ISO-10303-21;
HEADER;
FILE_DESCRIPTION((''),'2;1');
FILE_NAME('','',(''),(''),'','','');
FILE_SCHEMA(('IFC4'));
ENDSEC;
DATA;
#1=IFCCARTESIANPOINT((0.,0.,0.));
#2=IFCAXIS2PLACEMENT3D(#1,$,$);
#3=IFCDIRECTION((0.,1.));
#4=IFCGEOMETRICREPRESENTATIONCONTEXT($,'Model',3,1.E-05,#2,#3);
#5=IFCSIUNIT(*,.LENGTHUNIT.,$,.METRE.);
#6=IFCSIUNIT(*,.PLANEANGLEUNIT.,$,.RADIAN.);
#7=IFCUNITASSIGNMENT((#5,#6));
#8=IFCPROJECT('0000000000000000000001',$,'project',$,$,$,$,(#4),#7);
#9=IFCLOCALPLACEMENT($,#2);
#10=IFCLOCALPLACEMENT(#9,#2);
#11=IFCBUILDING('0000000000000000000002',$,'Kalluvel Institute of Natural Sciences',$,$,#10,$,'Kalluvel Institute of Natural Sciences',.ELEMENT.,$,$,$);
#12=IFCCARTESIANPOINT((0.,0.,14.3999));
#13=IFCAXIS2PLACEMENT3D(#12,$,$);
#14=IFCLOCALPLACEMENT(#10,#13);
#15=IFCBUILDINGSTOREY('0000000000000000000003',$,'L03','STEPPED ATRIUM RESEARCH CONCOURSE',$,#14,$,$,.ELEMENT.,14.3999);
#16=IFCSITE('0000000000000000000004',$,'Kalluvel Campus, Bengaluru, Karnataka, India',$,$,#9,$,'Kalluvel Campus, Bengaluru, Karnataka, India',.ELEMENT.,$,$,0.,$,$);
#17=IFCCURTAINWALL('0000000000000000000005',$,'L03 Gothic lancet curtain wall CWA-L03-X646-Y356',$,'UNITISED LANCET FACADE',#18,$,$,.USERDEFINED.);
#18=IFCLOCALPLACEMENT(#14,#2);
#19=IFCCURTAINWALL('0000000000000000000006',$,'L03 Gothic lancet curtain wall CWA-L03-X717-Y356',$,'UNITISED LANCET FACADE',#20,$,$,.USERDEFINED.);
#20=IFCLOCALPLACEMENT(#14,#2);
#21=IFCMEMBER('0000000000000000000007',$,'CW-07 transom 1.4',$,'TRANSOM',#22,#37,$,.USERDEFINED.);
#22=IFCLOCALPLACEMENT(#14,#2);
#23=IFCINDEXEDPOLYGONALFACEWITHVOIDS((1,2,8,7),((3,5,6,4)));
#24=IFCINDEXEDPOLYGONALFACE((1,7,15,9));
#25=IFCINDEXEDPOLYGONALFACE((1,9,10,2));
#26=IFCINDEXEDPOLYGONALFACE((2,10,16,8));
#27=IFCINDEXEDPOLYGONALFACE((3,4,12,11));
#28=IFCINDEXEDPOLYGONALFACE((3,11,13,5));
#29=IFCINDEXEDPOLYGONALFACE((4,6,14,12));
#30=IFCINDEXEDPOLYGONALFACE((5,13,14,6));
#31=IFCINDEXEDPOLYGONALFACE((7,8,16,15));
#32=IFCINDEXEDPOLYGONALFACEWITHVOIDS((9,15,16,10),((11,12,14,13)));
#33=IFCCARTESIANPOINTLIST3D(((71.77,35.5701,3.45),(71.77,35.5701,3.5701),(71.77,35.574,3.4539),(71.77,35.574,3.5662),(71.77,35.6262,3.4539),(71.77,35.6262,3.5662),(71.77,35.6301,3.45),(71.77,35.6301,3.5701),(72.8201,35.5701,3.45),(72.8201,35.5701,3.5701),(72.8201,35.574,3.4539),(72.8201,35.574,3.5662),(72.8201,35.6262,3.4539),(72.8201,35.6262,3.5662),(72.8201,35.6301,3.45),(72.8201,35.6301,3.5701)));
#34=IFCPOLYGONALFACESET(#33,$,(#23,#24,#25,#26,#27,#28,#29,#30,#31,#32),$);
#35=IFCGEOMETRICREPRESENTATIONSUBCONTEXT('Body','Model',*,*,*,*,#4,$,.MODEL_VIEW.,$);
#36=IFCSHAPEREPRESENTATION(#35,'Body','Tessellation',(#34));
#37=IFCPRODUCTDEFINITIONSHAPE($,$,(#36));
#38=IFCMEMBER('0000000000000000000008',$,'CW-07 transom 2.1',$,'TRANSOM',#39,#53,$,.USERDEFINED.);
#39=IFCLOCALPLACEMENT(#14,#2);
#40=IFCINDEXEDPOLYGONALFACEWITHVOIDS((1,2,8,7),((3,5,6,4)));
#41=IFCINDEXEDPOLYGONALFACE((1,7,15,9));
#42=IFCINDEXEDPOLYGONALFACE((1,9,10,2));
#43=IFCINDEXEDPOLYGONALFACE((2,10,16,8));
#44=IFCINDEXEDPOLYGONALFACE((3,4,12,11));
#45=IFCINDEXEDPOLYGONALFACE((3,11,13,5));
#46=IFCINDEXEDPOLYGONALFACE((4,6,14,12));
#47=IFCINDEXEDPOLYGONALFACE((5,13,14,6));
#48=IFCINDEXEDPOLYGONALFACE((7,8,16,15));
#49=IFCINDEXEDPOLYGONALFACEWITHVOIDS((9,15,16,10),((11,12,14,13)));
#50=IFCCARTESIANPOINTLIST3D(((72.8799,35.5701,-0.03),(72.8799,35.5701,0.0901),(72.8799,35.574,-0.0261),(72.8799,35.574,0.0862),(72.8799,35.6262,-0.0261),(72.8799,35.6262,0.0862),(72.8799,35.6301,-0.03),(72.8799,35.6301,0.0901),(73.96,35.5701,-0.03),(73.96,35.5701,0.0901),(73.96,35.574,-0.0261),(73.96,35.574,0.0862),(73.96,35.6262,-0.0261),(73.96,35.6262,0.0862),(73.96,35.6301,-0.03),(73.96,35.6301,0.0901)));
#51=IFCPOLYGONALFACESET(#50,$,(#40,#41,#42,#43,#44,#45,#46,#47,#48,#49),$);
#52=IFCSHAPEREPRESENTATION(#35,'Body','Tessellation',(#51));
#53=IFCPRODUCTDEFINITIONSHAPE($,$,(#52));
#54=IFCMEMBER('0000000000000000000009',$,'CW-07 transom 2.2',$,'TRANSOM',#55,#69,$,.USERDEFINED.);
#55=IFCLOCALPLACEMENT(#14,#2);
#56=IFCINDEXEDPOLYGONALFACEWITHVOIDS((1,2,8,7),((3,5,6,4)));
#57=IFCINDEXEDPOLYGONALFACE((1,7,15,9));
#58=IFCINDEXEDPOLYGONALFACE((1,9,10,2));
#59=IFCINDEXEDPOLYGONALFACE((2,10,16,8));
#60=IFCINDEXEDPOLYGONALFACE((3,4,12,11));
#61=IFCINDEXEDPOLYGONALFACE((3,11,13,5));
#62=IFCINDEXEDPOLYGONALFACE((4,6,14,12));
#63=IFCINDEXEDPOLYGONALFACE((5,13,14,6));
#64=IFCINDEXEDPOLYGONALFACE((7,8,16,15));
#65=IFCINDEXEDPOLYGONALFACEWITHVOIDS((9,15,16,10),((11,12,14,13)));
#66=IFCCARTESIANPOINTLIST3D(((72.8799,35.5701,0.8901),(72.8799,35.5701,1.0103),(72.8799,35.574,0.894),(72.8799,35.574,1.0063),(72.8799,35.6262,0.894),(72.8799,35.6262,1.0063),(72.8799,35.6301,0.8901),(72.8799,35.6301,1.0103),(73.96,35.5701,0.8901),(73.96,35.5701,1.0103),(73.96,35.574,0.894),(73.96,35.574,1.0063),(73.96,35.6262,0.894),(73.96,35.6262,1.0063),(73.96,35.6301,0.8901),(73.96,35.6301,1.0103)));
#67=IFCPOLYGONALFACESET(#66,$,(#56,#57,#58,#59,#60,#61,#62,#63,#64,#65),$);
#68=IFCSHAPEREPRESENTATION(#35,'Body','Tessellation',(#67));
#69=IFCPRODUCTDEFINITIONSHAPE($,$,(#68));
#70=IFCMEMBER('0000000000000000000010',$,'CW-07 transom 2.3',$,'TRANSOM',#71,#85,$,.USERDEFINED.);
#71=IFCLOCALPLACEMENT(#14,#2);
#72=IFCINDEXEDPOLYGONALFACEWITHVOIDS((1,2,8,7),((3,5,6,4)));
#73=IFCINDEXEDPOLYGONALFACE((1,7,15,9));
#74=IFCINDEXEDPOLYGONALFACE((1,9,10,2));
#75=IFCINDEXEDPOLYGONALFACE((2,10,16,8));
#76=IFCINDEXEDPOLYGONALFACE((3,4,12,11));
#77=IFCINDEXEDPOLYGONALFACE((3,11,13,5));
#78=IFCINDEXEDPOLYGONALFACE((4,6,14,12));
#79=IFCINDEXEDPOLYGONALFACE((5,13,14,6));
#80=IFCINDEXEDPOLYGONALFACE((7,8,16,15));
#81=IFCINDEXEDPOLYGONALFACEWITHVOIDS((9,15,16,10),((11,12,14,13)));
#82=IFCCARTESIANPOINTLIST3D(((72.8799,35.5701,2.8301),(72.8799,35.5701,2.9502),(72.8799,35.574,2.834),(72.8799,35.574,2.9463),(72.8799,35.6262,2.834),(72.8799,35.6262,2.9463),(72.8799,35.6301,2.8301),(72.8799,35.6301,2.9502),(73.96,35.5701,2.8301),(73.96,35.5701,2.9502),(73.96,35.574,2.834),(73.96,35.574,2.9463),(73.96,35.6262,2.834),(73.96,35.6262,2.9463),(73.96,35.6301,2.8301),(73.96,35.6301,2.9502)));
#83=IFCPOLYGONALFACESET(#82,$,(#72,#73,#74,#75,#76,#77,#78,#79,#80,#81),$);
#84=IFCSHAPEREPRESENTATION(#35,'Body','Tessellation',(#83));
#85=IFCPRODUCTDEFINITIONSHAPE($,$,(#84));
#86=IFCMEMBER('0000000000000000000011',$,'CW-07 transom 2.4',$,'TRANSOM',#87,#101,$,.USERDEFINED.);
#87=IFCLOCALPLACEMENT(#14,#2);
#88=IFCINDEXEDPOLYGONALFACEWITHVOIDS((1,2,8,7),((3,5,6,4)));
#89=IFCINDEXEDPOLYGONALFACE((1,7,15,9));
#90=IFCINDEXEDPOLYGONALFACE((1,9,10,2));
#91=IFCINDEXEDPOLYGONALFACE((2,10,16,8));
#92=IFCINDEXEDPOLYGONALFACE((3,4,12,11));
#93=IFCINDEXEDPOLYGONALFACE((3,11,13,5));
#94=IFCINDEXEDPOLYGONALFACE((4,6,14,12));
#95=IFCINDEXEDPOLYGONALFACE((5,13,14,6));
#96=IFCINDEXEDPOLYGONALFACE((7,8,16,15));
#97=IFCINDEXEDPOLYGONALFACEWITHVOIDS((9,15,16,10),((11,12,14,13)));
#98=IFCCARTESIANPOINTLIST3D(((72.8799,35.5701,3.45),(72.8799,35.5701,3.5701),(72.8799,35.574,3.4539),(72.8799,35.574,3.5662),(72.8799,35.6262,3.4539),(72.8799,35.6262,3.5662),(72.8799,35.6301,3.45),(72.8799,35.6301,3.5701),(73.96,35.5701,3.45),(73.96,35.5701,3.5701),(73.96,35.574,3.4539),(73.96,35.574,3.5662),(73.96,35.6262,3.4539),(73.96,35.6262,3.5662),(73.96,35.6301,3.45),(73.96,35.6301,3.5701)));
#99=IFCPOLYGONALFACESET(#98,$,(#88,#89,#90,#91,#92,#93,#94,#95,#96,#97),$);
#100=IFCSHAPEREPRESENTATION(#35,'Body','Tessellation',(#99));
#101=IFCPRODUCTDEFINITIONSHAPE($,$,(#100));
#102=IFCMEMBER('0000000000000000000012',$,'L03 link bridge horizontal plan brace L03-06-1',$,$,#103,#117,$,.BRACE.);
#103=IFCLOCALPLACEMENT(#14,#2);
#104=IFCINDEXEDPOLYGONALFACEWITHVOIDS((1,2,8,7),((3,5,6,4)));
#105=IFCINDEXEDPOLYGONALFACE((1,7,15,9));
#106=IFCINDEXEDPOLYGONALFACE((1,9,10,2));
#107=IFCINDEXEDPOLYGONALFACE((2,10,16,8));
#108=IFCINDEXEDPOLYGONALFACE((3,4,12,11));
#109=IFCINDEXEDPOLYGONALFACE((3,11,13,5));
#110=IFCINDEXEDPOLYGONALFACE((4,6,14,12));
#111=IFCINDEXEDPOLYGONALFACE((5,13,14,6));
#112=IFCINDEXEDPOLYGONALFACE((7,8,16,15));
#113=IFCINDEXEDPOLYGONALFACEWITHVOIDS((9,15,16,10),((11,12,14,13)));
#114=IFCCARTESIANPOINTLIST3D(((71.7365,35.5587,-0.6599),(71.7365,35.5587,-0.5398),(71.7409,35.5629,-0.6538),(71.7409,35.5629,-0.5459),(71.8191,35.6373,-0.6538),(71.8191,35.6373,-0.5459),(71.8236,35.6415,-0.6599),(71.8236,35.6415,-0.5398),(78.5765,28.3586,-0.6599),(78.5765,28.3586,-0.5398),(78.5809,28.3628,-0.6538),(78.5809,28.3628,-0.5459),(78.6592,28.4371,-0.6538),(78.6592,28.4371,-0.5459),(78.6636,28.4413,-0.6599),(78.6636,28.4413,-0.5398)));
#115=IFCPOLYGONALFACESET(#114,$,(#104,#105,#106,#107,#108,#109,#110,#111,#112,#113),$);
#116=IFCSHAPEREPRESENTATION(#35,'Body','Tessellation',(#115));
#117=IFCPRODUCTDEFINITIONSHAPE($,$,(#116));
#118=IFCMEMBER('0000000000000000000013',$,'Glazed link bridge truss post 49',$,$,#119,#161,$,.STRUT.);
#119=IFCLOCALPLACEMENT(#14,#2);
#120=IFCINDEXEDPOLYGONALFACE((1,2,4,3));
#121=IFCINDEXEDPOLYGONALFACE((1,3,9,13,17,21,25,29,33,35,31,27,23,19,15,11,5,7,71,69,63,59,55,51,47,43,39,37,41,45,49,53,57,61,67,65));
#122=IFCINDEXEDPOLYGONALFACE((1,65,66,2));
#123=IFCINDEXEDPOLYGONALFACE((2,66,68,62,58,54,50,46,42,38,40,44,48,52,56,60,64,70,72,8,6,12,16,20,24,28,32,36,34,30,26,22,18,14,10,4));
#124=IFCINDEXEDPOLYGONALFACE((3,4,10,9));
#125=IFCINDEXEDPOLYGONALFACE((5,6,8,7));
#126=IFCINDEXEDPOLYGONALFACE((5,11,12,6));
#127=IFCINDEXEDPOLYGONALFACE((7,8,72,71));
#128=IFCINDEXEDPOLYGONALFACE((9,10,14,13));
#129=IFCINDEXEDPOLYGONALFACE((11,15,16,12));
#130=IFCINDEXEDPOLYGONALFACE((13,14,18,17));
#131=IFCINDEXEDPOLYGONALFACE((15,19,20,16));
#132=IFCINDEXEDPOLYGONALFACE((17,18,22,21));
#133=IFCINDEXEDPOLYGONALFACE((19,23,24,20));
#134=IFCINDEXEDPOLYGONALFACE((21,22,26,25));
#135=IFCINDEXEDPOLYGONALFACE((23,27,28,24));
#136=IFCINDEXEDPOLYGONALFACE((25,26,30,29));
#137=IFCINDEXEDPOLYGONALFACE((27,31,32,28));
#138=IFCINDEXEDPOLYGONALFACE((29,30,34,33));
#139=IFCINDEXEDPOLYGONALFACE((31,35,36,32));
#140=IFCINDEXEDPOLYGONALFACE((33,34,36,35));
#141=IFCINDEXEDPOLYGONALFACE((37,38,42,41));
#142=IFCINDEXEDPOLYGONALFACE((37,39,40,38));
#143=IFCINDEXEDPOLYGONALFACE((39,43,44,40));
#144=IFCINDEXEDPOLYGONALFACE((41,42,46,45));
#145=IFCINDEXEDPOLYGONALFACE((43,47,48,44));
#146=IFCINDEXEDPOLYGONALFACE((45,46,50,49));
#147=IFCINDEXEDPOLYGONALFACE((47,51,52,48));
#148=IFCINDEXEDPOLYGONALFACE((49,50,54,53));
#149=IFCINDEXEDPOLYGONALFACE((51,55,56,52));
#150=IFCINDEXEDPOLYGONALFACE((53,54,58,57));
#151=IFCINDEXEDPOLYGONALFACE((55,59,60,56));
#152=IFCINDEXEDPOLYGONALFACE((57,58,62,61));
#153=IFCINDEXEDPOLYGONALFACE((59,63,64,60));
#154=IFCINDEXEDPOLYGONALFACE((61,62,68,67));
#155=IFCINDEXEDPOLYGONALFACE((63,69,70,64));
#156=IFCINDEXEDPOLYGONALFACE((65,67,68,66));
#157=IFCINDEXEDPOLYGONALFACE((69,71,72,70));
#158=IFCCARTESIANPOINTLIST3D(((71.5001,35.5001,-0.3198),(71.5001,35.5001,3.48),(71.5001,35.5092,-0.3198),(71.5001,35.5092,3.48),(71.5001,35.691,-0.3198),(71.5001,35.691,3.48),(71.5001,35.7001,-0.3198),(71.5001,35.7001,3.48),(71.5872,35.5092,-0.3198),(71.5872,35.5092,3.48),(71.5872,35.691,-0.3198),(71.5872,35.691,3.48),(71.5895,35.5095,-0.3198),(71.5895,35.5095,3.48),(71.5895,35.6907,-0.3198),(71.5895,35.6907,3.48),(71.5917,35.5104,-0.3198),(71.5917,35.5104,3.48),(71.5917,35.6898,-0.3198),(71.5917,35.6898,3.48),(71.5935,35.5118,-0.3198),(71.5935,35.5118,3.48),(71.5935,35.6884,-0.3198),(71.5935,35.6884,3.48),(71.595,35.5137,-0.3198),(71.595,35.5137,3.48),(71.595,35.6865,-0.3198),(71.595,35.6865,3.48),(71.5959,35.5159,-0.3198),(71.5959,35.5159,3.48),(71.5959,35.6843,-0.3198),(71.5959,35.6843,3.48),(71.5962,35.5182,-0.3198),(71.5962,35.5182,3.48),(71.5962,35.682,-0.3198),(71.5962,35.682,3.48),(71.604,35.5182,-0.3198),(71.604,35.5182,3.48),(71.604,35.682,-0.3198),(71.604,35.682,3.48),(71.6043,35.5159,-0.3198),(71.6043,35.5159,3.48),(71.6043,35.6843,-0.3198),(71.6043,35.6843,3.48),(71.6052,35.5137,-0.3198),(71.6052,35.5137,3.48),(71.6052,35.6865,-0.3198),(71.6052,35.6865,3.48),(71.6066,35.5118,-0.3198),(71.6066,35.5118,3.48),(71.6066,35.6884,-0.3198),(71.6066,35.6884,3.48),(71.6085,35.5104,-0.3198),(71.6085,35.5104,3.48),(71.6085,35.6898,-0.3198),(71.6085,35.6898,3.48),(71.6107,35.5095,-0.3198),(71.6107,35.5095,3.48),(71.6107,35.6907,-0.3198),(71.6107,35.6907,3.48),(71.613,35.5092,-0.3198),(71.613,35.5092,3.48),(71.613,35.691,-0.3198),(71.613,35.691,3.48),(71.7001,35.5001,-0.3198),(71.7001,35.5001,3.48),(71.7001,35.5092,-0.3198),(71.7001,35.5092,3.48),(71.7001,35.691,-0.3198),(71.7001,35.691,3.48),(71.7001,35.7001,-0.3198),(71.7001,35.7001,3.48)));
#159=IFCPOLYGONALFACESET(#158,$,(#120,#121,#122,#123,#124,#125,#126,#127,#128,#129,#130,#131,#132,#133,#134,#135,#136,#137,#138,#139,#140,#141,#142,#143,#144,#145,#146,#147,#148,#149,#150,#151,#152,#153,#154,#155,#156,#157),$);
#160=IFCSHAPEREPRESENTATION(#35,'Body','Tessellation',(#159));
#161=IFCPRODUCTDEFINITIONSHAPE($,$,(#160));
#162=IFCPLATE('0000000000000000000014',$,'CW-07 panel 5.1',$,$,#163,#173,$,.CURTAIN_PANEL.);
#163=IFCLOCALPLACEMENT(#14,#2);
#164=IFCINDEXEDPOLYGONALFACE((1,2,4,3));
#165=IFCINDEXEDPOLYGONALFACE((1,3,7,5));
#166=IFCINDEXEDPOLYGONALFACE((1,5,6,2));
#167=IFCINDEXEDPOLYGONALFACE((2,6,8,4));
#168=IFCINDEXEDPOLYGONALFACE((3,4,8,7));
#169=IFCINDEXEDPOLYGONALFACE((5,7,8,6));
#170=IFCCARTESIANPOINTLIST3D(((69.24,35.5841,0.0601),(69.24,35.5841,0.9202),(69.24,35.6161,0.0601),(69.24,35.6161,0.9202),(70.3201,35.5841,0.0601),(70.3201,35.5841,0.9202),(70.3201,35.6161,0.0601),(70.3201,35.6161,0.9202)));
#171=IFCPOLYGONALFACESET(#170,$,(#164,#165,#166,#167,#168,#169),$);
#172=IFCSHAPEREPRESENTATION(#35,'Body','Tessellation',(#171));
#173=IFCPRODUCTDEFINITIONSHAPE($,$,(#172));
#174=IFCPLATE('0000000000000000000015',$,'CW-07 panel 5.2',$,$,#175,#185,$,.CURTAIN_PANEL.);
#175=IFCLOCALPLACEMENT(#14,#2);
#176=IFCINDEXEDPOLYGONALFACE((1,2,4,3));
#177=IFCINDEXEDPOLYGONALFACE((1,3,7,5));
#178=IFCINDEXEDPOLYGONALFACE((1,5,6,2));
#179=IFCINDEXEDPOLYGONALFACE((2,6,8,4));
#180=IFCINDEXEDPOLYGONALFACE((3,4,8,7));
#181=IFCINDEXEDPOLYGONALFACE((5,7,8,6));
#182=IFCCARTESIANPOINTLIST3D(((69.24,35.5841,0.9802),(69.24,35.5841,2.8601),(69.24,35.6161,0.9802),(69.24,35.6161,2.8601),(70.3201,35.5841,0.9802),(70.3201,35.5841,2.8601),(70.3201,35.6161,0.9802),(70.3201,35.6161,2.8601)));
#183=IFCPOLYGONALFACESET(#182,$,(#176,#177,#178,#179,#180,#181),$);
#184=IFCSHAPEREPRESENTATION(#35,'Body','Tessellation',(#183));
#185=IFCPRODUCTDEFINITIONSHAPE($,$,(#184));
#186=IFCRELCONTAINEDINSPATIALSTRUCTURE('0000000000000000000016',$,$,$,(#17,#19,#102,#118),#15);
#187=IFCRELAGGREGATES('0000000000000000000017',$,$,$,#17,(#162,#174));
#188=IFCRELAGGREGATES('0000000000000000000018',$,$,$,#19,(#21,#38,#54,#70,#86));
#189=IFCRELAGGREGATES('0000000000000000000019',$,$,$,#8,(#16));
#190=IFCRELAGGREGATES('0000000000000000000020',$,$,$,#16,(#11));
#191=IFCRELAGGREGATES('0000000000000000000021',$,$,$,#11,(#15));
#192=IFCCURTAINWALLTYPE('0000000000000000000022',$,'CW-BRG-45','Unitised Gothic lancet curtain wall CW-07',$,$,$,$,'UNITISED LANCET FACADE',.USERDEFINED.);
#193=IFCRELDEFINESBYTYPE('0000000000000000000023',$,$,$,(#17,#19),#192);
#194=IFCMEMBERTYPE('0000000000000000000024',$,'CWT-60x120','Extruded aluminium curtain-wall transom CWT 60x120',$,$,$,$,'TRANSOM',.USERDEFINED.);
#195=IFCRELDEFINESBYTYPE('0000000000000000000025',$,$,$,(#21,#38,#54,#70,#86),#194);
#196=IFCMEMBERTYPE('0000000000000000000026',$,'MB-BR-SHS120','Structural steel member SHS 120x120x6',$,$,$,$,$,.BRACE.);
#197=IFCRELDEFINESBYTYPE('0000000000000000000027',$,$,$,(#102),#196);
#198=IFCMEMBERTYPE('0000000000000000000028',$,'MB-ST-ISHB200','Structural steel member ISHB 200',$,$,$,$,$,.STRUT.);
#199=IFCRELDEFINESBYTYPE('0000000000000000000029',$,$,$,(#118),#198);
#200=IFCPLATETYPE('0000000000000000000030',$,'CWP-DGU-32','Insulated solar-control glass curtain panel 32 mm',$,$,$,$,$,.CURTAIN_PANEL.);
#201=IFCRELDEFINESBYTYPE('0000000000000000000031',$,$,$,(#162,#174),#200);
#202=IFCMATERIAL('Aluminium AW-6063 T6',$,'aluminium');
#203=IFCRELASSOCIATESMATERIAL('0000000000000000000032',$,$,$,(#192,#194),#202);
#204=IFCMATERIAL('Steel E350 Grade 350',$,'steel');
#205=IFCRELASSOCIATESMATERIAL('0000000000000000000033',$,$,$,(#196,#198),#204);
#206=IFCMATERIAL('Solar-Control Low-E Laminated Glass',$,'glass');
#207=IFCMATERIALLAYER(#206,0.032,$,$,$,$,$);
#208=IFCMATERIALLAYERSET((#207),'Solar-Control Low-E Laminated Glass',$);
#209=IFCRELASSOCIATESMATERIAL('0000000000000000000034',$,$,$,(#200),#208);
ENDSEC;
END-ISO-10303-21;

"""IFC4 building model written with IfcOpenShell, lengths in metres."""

from ifc_helpers import new_model, si_unit, direction, frame, origin, origin_2d, place, context, subcontext, project, spatial, rectangle, hollow_rectangle, i_section, extrude, material, layer, layer_set, material_profile, profile_set, type_object, element, aggregate, save


model = new_model("IFC4")

# Units and contexts
model_context = context("Model", 3, precision=1e-05, world=origin(), true_north=direction((0.0, 1.0)))
body_context = subcontext(model_context, "Body", "Model", "MODEL_VIEW")
ifc_project = project(units=[si_unit("LENGTHUNIT", "METRE"), si_unit("PLANEANGLEUNIT", "RADIAN")], contexts=[model_context])

# Site, building, storey
site_placement = place(None, origin())
site = spatial("IfcSite", under=ifc_project, at=site_placement, Name="Kalluvel Campus, Bengaluru, Karnataka, India", LongName="Kalluvel Campus, Bengaluru, Karnataka, India", CompositionType="ELEMENT", RefElevation=0.0)
building_placement = place(site_placement, origin())
building = spatial("IfcBuilding", under=site, at=building_placement, Name="Kalluvel Institute of Natural Sciences", LongName="Kalluvel Institute of Natural Sciences", CompositionType="ELEMENT")
storey_placement = place(building_placement, frame((0.0, 0.0, 14.3999)))
storey = spatial("IfcBuildingStorey", under=building, at=storey_placement, Name="L03", Description="STEPPED ATRIUM RESEARCH CONCOURSE", CompositionType="ELEMENT", Elevation=14.3999)

# Curtain walls
ifc_material_1 = material(Name="Aluminium AW-6063 T6", Category="aluminium")
curtain_wall_type = type_object("IfcCurtainWallType", Name="CW-BRG-45", Description="Unitised Gothic lancet curtain wall CW-07", ElementType="UNITISED LANCET FACADE", PredefinedType="USERDEFINED", material=ifc_material_1)
curtain_wall_1_placement = place(storey_placement, origin())
curtain_wall_1 = element("IfcCurtainWall", 1, at=curtain_wall_1_placement, inside=storey, type_object=curtain_wall_type, Name="L03 Gothic lancet curtain wall CWA-L03-X646-Y356", ObjectType="UNITISED LANCET FACADE", PredefinedType="USERDEFINED")
curtain_wall_2_placement = place(storey_placement, origin())
curtain_wall_2 = element("IfcCurtainWall", 2, at=curtain_wall_2_placement, inside=storey, type_object=curtain_wall_type, Name="L03 Gothic lancet curtain wall CWA-L03-X717-Y356", ObjectType="UNITISED LANCET FACADE", PredefinedType="USERDEFINED")

# Members
ifc_material_profile_1 = material_profile(ifc_material_1, hollow_rectangle(XDim=0.0601, YDim=0.1201, WallThickness=0.0039, at=origin_2d()), Name="CWT 60x120")
ifc_profile_set_1 = profile_set([ifc_material_profile_1], Name="Aluminium AW-6063 T6")
member_type_1 = type_object("IfcMemberType", Name="CWT-60x120", Description="Extruded aluminium curtain-wall transom CWT 60x120", ElementType="TRANSOM", PredefinedType="USERDEFINED", material=ifc_profile_set_1)
member_1_placement = place(storey_placement, frame((71.77, 35.6001, 3.51), z_axis=(1.0, 0.0, 0.0), x_axis=(0.0, 1.0, 0.0)))
member_1 = element("IfcMember", 3, at=member_1_placement, type_object=member_type_1, Name="CW-07 transom 1.4", ObjectType="TRANSOM", PredefinedType="USERDEFINED", context=body_context, shape_type="SweptSolid", body=[
    extrude(hollow_rectangle(XDim=0.0601, YDim=0.1201, WallThickness=0.0039, at=origin_2d()), origin(), (0.0, 0.0, 1.0), 1.05),
])
member_2_placement = place(storey_placement, frame((72.8799, 35.6001, 0.03), z_axis=(1.0, 0.0, 0.0), x_axis=(0.0, 1.0, 0.0)))
member_2 = element("IfcMember", 4, at=member_2_placement, type_object=member_type_1, Name="CW-07 transom 2.1", ObjectType="TRANSOM", PredefinedType="USERDEFINED", context=body_context, shape_type="SweptSolid", body=[
    extrude(hollow_rectangle(XDim=0.0601, YDim=0.1201, WallThickness=0.0039, at=origin_2d()), origin(), (0.0, 0.0, 1.0), 1.0801),
])
member_3_placement = place(storey_placement, frame((72.8799, 35.6001, 0.9502), z_axis=(1.0, 0.0, 0.0), x_axis=(0.0, 1.0, 0.0)))
member_3 = element("IfcMember", 5, at=member_3_placement, type_object=member_type_1, Name="CW-07 transom 2.2", ObjectType="TRANSOM", PredefinedType="USERDEFINED", context=body_context, shape_type="SweptSolid", body=[
    extrude(hollow_rectangle(XDim=0.0601, YDim=0.1201, WallThickness=0.0039, at=origin_2d()), origin(), (0.0, 0.0, 1.0), 1.0801),
])
member_4_placement = place(storey_placement, frame((72.8799, 35.6001, 2.8901), z_axis=(1.0, 0.0, 0.0), x_axis=(0.0, 1.0, 0.0)))
member_4 = element("IfcMember", 6, at=member_4_placement, type_object=member_type_1, Name="CW-07 transom 2.3", ObjectType="TRANSOM", PredefinedType="USERDEFINED", context=body_context, shape_type="SweptSolid", body=[
    extrude(hollow_rectangle(XDim=0.0601, YDim=0.1201, WallThickness=0.0039, at=origin_2d()), origin(), (0.0, 0.0, 1.0), 1.0801),
])
member_5_placement = place(storey_placement, frame((72.8799, 35.6001, 3.51), z_axis=(1.0, 0.0, 0.0), x_axis=(0.0, 1.0, 0.0)))
member_5 = element("IfcMember", 7, at=member_5_placement, type_object=member_type_1, Name="CW-07 transom 2.4", ObjectType="TRANSOM", PredefinedType="USERDEFINED", context=body_context, shape_type="SweptSolid", body=[
    extrude(hollow_rectangle(XDim=0.0601, YDim=0.1201, WallThickness=0.0039, at=origin_2d()), origin(), (0.0, 0.0, 1.0), 1.0801),
])

# Members
ifc_material_2 = material(Name="Steel E350 Grade 350", Category="steel")
ifc_material_profile_2 = material_profile(ifc_material_2, hollow_rectangle(XDim=0.1201, YDim=0.1201, WallThickness=0.0061, at=origin_2d()), Name="SHS 120x120x6")
ifc_profile_set_2 = profile_set([ifc_material_profile_2], Name="Steel E350 Grade 350")
member_type_2 = type_object("IfcMemberType", Name="MB-BR-SHS120", Description="Structural steel member SHS 120x120x6", PredefinedType="BRACE", material=ifc_profile_set_2)
member_6_placement = place(storey_placement, frame((71.78, 35.6001, -0.5999), z_axis=(0.688744, -0.725004, 0.0), x_axis=(0.725004, 0.688744, 0.0)))
element("IfcMember", 8, at=member_6_placement, inside=storey, type_object=member_type_2, Name="L03 link bridge horizontal plan brace L03-06-1", PredefinedType="BRACE", context=body_context, shape_type="SweptSolid", body=[
    extrude(hollow_rectangle(XDim=0.1201, YDim=0.1201, WallThickness=0.0061, at=origin_2d()), origin(), (0.0, 0.0, 1.0), 9.9312),
])
ifc_material_profile_3 = material_profile(ifc_material_2, i_section(OverallWidth=0.2, OverallDepth=0.2, WebThickness=0.0078, FlangeThickness=0.009, FilletRadius=0.009, at=origin_2d()), Name="ISHB 200")
ifc_profile_set_3 = profile_set([ifc_material_profile_3], Name="Steel E350 Grade 350")
member_type_3 = type_object("IfcMemberType", Name="MB-ST-ISHB200", Description="Structural steel member ISHB 200", PredefinedType="STRUT", material=ifc_profile_set_3)
member_7_placement = place(storey_placement, frame((71.6001, 35.6001, -0.3198), z_axis=(0.0, 0.0, 1.0), x_axis=(1.0, 0.0, 0.0)))
element("IfcMember", 9, at=member_7_placement, inside=storey, type_object=member_type_3, Name="Glazed link bridge truss post 49", PredefinedType="STRUT", context=body_context, shape_type="SweptSolid", body=[
    extrude(i_section(OverallWidth=0.2, OverallDepth=0.2, WebThickness=0.0078, FlangeThickness=0.009, FilletRadius=0.009, at=origin_2d()), origin(), (0.0, 0.0, 1.0), 3.7998),
])

# Plates
ifc_material_3 = material(Name="Solar-Control Low-E Laminated Glass", Category="glass")
ifc_layer = layer(ifc_material_3, 0.032)
ifc_layer_set = layer_set([ifc_layer], Name="Solar-Control Low-E Laminated Glass")
plate_type = type_object("IfcPlateType", Name="CWP-DGU-32", Description="Insulated solar-control glass curtain panel 32 mm", PredefinedType="CURTAIN_PANEL", material=ifc_layer_set)
plate_1_placement = place(storey_placement, frame((69.78, 35.6001, 0.0601), z_axis=(0.0, 0.0, 1.0), x_axis=(1.0, 0.0, 0.0)))
plate_1 = element("IfcPlate", 10, at=plate_1_placement, type_object=plate_type, Name="CW-07 panel 5.1", PredefinedType="CURTAIN_PANEL", context=body_context, shape_type="SweptSolid", body=[
    extrude(rectangle(XDim=1.0801, YDim=0.032, at=origin_2d()), origin(), (0.0, 0.0, 1.0), 0.8601),
])
plate_2_placement = place(storey_placement, frame((69.78, 35.6001, 0.9802), z_axis=(0.0, 0.0, 1.0), x_axis=(1.0, 0.0, 0.0)))
plate_2 = element("IfcPlate", 11, at=plate_2_placement, type_object=plate_type, Name="CW-07 panel 5.2", PredefinedType="CURTAIN_PANEL", context=body_context, shape_type="SweptSolid", body=[
    extrude(rectangle(XDim=1.0801, YDim=0.032, at=origin_2d()), origin(), (0.0, 0.0, 1.0), 1.8799),
])
aggregate(curtain_wall_1, [plate_1, plate_2])
aggregate(curtain_wall_2, [member_1, member_2, member_3, member_4, member_5])

save(model, "model.ifc")
